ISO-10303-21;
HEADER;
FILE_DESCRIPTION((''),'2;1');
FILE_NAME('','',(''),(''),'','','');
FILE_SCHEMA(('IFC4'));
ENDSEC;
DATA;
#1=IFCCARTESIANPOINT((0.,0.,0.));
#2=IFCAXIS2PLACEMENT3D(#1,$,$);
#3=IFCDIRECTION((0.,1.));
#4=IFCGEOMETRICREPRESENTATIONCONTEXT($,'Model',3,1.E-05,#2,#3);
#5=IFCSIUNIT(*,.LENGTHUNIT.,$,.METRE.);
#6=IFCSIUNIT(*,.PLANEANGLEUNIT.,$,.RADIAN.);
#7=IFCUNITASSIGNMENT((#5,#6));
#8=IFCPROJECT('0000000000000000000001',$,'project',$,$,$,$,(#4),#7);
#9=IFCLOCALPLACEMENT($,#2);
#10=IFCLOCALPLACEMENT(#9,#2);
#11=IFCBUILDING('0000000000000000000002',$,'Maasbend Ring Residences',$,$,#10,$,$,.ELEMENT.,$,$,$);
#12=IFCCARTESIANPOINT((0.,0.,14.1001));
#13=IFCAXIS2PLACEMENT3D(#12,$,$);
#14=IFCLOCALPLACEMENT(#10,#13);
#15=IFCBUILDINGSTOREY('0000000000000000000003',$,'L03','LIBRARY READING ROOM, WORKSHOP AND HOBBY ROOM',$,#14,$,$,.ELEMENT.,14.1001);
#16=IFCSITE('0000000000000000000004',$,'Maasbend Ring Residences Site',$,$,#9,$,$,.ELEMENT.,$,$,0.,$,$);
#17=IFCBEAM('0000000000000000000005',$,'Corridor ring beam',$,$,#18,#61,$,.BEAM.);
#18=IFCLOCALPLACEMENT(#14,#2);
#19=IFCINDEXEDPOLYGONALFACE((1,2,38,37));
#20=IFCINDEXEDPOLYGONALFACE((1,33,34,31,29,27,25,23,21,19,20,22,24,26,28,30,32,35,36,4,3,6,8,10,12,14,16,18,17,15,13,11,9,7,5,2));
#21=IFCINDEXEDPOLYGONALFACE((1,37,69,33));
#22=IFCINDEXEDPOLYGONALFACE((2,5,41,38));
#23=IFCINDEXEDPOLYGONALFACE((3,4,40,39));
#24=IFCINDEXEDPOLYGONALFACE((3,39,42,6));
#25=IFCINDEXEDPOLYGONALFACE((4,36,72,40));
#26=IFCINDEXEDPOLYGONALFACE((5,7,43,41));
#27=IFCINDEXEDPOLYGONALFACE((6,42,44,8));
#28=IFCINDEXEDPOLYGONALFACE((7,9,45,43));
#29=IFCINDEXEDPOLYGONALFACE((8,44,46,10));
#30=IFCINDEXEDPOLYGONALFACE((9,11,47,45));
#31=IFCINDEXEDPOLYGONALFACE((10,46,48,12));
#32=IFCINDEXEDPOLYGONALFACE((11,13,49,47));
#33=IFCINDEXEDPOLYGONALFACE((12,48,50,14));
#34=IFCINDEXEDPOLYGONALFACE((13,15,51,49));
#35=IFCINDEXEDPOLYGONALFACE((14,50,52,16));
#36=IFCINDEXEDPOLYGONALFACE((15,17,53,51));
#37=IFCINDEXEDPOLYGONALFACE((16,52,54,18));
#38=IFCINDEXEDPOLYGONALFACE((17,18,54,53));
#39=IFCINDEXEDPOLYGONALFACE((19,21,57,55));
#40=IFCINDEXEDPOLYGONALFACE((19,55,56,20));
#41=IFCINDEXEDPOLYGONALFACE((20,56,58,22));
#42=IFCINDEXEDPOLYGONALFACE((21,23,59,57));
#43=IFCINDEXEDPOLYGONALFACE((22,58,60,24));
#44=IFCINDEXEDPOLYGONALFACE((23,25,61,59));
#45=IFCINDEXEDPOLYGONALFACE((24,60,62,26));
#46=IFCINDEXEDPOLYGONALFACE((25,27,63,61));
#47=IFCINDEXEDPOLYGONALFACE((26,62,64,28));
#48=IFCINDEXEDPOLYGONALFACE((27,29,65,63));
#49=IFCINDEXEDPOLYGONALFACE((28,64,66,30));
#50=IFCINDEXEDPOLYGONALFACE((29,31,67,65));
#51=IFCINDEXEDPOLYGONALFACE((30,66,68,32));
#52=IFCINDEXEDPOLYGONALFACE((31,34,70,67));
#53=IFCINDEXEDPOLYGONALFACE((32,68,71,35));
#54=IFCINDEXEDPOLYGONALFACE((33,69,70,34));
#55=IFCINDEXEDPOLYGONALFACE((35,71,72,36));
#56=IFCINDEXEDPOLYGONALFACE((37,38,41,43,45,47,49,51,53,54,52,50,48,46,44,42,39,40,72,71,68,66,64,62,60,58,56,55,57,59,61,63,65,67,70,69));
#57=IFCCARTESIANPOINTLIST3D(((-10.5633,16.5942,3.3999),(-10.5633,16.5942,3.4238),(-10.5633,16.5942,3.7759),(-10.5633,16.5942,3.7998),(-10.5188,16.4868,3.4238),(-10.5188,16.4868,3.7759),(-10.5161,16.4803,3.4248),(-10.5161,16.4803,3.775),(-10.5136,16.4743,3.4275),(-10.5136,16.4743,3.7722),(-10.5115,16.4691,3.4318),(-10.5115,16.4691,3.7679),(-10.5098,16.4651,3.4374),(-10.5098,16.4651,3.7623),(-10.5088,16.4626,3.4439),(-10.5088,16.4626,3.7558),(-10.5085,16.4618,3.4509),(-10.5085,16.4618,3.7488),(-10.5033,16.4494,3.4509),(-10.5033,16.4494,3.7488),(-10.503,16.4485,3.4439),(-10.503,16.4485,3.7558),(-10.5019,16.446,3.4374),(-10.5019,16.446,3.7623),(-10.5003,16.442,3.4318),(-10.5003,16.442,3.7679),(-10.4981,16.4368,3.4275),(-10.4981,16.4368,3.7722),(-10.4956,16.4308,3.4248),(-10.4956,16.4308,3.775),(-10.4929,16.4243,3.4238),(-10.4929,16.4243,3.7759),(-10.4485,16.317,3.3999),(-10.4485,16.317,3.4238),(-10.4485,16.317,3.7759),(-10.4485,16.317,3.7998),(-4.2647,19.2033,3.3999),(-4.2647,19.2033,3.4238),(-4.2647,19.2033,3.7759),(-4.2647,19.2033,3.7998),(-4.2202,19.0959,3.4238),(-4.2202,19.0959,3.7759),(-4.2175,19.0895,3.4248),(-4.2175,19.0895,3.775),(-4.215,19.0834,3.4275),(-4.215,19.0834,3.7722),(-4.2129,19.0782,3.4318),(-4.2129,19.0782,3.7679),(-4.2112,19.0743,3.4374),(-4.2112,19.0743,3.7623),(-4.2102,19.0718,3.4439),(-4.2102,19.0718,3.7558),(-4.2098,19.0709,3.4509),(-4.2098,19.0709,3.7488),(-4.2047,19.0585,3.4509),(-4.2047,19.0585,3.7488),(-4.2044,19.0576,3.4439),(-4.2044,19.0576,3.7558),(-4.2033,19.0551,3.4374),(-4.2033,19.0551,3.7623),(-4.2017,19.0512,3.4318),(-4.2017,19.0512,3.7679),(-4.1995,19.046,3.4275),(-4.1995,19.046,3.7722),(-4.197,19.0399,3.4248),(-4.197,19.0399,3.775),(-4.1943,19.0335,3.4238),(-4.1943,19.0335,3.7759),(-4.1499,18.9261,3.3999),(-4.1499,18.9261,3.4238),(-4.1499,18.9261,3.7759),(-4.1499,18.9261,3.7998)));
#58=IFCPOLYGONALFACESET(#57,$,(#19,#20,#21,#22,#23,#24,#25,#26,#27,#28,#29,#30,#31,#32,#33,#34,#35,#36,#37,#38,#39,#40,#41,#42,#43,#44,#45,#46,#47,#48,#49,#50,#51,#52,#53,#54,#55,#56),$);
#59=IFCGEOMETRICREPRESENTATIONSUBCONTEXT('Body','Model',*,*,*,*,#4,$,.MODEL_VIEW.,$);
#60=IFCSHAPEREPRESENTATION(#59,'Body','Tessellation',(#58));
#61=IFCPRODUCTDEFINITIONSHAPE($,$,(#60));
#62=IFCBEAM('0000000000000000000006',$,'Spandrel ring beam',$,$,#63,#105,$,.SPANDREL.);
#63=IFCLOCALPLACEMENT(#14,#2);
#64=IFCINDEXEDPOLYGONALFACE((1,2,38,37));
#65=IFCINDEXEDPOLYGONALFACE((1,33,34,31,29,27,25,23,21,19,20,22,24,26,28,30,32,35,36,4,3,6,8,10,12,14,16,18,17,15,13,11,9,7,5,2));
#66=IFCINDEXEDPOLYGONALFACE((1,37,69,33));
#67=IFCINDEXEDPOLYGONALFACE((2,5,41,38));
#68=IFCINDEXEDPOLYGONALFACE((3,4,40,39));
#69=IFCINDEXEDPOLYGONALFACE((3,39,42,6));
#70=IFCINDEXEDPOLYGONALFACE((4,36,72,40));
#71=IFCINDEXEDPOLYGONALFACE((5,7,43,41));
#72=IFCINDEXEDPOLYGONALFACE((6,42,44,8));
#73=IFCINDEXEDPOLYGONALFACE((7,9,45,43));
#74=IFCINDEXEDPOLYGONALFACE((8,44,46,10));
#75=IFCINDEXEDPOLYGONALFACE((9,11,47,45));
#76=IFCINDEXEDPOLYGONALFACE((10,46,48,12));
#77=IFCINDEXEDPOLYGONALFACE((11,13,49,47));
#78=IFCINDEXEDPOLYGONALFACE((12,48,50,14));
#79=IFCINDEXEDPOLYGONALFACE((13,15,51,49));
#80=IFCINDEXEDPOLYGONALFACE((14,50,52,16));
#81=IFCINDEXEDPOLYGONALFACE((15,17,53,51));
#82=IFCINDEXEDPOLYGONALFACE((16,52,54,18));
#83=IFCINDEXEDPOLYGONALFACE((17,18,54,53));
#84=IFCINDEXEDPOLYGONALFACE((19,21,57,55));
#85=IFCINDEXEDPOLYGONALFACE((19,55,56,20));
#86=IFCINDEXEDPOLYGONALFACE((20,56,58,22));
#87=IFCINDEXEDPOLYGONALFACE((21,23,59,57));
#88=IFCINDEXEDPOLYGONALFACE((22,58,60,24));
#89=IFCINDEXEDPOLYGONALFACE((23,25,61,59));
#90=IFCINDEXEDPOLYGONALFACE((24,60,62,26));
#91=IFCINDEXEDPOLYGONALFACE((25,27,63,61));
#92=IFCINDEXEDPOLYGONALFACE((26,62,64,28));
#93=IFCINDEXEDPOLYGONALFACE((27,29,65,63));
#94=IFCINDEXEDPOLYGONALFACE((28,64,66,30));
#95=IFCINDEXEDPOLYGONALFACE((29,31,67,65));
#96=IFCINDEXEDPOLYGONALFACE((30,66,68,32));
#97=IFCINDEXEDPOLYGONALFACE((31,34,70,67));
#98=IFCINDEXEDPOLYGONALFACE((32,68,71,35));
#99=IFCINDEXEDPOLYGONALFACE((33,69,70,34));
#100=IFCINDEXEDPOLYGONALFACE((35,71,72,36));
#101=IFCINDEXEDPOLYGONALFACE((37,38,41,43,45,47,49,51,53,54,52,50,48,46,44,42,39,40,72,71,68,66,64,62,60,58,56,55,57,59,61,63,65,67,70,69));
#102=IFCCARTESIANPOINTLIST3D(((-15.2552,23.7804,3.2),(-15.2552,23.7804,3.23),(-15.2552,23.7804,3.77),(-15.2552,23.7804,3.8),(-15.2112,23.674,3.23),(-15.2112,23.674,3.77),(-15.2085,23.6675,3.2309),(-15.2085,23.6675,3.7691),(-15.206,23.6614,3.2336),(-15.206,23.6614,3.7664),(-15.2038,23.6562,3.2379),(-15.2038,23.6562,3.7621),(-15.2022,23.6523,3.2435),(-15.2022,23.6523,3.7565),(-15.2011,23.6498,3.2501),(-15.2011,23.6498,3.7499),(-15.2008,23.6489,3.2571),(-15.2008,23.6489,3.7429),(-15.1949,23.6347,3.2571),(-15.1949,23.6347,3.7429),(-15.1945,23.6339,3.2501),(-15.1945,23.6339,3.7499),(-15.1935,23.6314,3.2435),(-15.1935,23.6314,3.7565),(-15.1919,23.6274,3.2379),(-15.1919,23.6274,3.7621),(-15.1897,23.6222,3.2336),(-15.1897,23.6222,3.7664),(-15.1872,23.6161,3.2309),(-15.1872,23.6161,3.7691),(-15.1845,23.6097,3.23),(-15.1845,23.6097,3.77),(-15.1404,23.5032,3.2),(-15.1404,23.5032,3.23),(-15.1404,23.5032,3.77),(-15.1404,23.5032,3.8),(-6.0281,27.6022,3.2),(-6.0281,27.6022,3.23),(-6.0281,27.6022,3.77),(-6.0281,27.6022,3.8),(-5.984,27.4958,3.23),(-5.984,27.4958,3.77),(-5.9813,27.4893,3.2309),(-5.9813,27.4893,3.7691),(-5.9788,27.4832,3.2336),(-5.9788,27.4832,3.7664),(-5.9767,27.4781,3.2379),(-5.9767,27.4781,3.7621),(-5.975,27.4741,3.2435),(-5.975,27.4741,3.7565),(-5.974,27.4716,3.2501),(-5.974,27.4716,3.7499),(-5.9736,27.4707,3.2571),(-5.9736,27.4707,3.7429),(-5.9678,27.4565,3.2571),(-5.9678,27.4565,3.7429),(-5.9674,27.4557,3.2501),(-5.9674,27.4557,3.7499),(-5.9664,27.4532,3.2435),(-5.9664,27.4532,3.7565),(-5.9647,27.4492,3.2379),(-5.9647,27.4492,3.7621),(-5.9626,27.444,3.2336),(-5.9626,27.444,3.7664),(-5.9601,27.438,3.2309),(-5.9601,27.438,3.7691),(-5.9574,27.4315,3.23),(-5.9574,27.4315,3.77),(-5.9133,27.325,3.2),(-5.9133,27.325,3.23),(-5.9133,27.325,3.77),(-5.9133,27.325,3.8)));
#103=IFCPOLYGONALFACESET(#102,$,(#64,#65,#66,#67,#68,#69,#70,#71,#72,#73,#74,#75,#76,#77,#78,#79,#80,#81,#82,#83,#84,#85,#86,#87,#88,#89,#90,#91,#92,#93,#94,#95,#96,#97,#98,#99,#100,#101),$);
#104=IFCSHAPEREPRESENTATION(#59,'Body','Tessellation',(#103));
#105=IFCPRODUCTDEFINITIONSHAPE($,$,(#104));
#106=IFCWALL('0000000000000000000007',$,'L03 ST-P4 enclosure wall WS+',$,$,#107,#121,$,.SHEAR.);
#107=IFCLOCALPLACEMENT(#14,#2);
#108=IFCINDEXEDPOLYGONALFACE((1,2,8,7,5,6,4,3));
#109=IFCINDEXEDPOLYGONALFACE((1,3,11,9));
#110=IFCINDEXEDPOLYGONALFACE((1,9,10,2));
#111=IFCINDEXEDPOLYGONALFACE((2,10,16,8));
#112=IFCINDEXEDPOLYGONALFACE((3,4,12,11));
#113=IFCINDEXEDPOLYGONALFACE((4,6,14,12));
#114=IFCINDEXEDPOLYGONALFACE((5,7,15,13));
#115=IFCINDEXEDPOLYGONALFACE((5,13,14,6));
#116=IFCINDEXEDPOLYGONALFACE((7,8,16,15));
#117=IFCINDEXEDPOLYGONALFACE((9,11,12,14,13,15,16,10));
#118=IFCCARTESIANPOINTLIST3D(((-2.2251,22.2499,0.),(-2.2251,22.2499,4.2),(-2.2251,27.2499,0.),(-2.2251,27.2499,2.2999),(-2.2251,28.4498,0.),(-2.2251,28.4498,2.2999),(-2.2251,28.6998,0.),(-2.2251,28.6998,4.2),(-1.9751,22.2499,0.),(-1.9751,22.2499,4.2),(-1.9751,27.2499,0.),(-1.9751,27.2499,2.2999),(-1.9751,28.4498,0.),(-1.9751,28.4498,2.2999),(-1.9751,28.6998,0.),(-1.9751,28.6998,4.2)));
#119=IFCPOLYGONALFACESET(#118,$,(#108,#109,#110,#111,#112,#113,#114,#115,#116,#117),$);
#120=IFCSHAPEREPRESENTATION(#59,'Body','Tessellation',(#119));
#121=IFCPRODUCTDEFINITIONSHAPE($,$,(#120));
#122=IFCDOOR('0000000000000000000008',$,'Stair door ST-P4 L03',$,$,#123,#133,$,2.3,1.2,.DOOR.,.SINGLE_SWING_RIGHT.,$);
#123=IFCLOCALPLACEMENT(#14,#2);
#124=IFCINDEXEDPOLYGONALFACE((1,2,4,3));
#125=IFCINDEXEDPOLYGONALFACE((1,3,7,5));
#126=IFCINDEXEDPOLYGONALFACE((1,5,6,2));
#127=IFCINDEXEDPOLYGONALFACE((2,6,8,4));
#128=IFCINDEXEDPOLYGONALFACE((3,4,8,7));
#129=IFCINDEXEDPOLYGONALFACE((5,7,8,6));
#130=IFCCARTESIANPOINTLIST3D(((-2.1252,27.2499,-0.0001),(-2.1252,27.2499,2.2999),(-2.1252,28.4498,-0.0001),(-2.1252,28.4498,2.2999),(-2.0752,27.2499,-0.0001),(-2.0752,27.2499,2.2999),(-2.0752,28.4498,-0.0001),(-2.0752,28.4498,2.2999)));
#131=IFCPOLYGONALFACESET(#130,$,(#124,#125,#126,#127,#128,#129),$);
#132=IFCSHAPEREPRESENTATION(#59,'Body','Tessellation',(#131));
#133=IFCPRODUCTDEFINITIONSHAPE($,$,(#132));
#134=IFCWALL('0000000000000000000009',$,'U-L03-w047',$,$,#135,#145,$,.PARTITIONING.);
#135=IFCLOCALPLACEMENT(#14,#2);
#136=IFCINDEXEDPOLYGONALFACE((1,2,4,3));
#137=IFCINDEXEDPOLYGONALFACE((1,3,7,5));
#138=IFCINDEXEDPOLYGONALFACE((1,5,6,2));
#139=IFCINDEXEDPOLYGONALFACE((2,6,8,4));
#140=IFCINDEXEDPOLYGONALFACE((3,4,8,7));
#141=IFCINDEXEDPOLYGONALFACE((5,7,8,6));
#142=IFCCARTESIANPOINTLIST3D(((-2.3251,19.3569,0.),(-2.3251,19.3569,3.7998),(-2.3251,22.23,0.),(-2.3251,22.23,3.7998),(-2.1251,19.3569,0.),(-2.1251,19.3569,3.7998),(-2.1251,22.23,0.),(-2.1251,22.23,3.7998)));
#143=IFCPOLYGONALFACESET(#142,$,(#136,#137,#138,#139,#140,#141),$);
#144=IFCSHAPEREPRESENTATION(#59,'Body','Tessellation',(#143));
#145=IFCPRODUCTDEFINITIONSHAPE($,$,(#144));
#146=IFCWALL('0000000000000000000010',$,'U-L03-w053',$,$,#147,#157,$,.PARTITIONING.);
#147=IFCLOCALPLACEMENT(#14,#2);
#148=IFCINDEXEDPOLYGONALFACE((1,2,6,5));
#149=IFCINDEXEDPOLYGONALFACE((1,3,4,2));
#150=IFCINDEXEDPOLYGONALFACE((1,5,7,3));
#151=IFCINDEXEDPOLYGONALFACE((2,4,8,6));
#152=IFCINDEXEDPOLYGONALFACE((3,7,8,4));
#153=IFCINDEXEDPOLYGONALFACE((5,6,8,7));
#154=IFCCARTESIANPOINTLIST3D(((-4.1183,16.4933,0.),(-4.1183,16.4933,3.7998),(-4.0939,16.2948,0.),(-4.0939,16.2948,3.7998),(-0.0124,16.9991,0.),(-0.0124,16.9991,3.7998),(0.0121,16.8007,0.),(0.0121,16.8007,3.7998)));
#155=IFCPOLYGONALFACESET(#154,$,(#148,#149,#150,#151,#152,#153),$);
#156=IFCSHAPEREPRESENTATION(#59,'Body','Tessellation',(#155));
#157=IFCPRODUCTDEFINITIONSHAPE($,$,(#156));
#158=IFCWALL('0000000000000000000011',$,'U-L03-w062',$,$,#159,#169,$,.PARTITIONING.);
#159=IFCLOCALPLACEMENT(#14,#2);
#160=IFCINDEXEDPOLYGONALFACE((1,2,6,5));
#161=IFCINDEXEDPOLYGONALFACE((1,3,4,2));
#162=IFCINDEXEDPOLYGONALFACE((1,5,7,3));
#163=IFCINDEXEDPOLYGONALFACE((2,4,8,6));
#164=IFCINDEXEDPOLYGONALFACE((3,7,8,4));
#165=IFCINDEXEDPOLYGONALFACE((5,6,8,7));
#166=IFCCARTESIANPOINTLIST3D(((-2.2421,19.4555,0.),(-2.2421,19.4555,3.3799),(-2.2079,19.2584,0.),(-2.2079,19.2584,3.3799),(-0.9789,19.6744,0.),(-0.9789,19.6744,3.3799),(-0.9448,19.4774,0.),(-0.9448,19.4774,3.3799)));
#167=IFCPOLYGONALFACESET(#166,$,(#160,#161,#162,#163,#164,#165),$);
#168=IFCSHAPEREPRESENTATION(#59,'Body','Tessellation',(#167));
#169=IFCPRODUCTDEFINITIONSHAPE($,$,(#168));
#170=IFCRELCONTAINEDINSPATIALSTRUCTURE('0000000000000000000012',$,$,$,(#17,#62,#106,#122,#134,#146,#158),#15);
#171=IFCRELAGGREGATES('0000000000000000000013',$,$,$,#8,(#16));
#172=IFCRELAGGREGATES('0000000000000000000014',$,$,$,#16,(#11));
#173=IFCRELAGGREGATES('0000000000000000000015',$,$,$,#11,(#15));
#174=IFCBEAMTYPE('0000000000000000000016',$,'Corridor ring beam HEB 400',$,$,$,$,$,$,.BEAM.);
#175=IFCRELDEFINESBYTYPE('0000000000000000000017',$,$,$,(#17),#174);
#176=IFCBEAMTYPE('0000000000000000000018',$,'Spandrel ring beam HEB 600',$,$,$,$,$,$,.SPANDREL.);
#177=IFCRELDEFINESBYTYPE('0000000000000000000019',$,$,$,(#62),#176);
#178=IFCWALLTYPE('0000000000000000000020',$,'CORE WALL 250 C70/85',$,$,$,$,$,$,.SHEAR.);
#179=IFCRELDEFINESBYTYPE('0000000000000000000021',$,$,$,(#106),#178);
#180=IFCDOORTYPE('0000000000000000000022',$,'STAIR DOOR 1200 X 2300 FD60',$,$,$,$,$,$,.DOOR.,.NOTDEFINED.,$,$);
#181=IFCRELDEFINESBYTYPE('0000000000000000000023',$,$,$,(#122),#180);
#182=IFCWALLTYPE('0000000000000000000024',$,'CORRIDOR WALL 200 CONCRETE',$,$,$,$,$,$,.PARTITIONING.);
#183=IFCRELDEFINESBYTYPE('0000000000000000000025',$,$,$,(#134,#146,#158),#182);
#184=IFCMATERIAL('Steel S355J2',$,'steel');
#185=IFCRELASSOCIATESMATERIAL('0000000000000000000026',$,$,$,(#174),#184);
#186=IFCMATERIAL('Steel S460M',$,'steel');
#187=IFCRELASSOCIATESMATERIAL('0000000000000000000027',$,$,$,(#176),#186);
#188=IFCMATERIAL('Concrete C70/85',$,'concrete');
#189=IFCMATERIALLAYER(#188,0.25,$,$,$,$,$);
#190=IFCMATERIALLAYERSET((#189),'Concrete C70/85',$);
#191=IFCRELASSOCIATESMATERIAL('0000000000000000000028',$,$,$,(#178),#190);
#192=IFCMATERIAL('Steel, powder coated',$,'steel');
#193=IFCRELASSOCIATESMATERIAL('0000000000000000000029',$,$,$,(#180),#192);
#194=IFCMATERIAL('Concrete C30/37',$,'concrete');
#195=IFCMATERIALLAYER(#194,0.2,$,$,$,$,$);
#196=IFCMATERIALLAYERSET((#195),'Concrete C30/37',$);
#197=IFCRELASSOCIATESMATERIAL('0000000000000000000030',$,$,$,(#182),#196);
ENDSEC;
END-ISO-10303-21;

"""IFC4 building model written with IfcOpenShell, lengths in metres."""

from ifc_helpers import new_model, si_unit, direction, frame, frame_2d, origin, origin_2d, place, context, subcontext, project, spatial, rectangle, i_section, extrude, material, layer, layer_set, material_profile, profile_set, type_object, element, fill, save


model = new_model("IFC4")

# Units and contexts
model_context = context("Model", 3, precision=1e-05, world=origin(), true_north=direction((0.0, 1.0)))
body_context = subcontext(model_context, "Body", "Model", "MODEL_VIEW")
ifc_project = project(units=[si_unit("LENGTHUNIT", "METRE"), si_unit("PLANEANGLEUNIT", "RADIAN")], contexts=[model_context])

# Site, building, storey
site_placement = place(None, origin())
site = spatial("IfcSite", under=ifc_project, at=site_placement, Name="Maasbend Ring Residences Site", CompositionType="ELEMENT", RefElevation=0.0)
building_placement = place(site_placement, origin())
building = spatial("IfcBuilding", under=site, at=building_placement, Name="Maasbend Ring Residences", CompositionType="ELEMENT")
storey_placement = place(building_placement, frame((0.0, 0.0, 14.1001)))
storey = spatial("IfcBuildingStorey", under=building, at=storey_placement, Name="L03", Description="LIBRARY READING ROOM, WORKSHOP AND HOBBY ROOM", CompositionType="ELEMENT", Elevation=14.1001)

# Beams
ifc_material_1 = material(Name="Steel S355J2", Category="steel")
ifc_material_profile_1 = material_profile(ifc_material_1, i_section(OverallWidth=0.3, OverallDepth=0.3999, WebThickness=0.0134, FlangeThickness=0.0239, FilletRadius=0.0271, at=origin_2d()), Name="HEB 400")
ifc_profile_set_1 = profile_set([ifc_material_profile_1], Name="Steel S355J2")
beam_type_1 = type_object("IfcBeamType", Name="Corridor ring beam HEB 400", PredefinedType="BEAM", material=ifc_profile_set_1)
beam_1_placement = place(storey_placement, frame((-4.2073, 19.0647, 3.5999), z_axis=(-0.923871, -0.382705, 0.0), x_axis=(0.382705, -0.923871, 0.0)))
element("IfcBeam", 1, at=beam_1_placement, inside=storey, type_object=beam_type_1, Name="Corridor ring beam", PredefinedType="BEAM", context=body_context, shape_type="SweptSolid", body=[
    extrude(i_section(OverallWidth=0.3, OverallDepth=0.3999, WebThickness=0.0134, FlangeThickness=0.0239, FilletRadius=0.0271, at=origin_2d()), origin(), (0.0, 0.0, 1.0), 6.8176),
])
ifc_material_2 = material(Name="Steel S460M", Category="steel")
ifc_material_profile_2 = material_profile(ifc_material_2, i_section(OverallWidth=0.3, OverallDepth=0.6001, WebThickness=0.0154, FlangeThickness=0.03, FilletRadius=0.0271, at=origin_2d()), Name="HEB 600")
ifc_profile_set_2 = profile_set([ifc_material_profile_2], Name="Steel S460M")
beam_type_2 = type_object("IfcBeamType", Name="Spandrel ring beam HEB 600", PredefinedType="SPANDREL", material=ifc_profile_set_2)
beam_2_placement = place(storey_placement, frame((-5.9707, 27.4636, 3.5), z_axis=(-0.923886, -0.382667, 0.0), x_axis=(0.382667, -0.923886, 0.0)))
element("IfcBeam", 2, at=beam_2_placement, inside=storey, type_object=beam_type_2, Name="Spandrel ring beam", PredefinedType="SPANDREL", context=body_context, shape_type="SweptSolid", body=[
    extrude(i_section(OverallWidth=0.3, OverallDepth=0.6001, WebThickness=0.0154, FlangeThickness=0.03, FilletRadius=0.0271, at=origin_2d()), origin(), (0.0, 0.0, 1.0), 9.9873),
])

# Wall, opening, door
ifc_material_3 = material(Name="Concrete C70/85", Category="concrete")
ifc_layer_1 = layer(ifc_material_3, 0.25)
ifc_layer_set_1 = layer_set([ifc_layer_1], Name="Concrete C70/85")
wall_type_1 = type_object("IfcWallType", Name="CORE WALL 250 C70/85", PredefinedType="SHEAR", material=ifc_layer_set_1)
wall_1_placement = place(storey_placement, frame((-2.1001, 28.7, 0.0), z_axis=(0.0, 0.0, 1.0), x_axis=(0.0, -1.0, 0.0)))
wall_1 = element("IfcWall", 3, at=wall_1_placement, inside=storey, type_object=wall_type_1, Name="L03 ST-P4 enclosure wall WS+", PredefinedType="SHEAR", context=body_context, shape_type="SweptSolid", body=[
    extrude(rectangle(XDim=6.45, YDim=0.25, at=frame_2d((3.2251, 0.0))), origin(), (0.0, 0.0, 1.0), 4.2),
])
opening_1_placement = place(wall_1_placement, frame((0.25, 0.0, 0.0)))
opening_1 = element("IfcOpeningElement", 4, at=opening_1_placement, cuts=wall_1, PredefinedType="OPENING", context=body_context, shape_type="SweptSolid", body=[
    extrude(rectangle(XDim=1.2, YDim=2.3, at=frame_2d((0.6001, 1.1499))), frame((0.0, 0.135, 0.0), z_axis=(0.0, -1.0, 0.0), x_axis=(1.0, 0.0, 0.0)), (0.0, 0.0, 1.0), 0.27),
])
ifc_material_4 = material(Name="Steel, powder coated", Category="steel")
door_type_1 = type_object("IfcDoorType", Name="STAIR DOOR 1200 X 2300 FD60", OperationType="NOTDEFINED", PredefinedType="DOOR", material=ifc_material_4)
door_1_placement = place(opening_1_placement, origin())
door_1 = element("IfcDoor", 5, at=door_1_placement, inside=storey, type_object=door_type_1, Name="Stair door ST-P4 L03", OperationType="SINGLE_SWING_RIGHT", OverallHeight=2.3, OverallWidth=1.2, PredefinedType="DOOR", context=body_context, shape_type="SweptSolid", body=[
    extrude(rectangle(XDim=1.2, YDim=2.3, at=frame_2d((0.6001, 1.1499))), frame((0.0, 0.0249, 0.0), z_axis=(0.0, -1.0, 0.0), x_axis=(1.0, 0.0, 0.0)), (0.0, 0.0, 1.0), 0.05),
])
fill(opening_1, door_1)

# Walls
ifc_material_5 = material(Name="Concrete C30/37", Category="concrete")
ifc_layer_2 = layer(ifc_material_5, 0.2)
ifc_layer_set_2 = layer_set([ifc_layer_2], Name="Concrete C30/37")
wall_type_2 = type_object("IfcWallType", Name="CORRIDOR WALL 200 CONCRETE", PredefinedType="PARTITIONING", material=ifc_layer_set_2)
wall_2_placement = place(storey_placement, frame((-2.2251, 19.3569, 0.0), z_axis=(0.0, 0.0, 1.0), x_axis=(0.0, 1.0, 0.0)))
element("IfcWall", 6, at=wall_2_placement, inside=storey, type_object=wall_type_2, Name="U-L03-w047", PredefinedType="PARTITIONING", context=body_context, shape_type="SweptSolid", body=[
    extrude(rectangle(XDim=2.873, YDim=0.2, at=frame_2d((1.4365, 0.0))), origin(), (0.0, 0.0, 1.0), 3.7998),
])
wall_3_placement = place(storey_placement, frame((-4.106, 16.394, 0.0), z_axis=(0.0, 0.0, 1.0), x_axis=(0.992496, 0.122277, 0.0)))
element("IfcWall", 7, at=wall_3_placement, inside=storey, type_object=wall_type_2, Name="U-L03-w053", PredefinedType="PARTITIONING", context=body_context, shape_type="SweptSolid", body=[
    extrude(rectangle(XDim=4.137, YDim=0.2, at=frame_2d((2.0684, 0.0))), origin(), (0.0, 0.0, 1.0), 3.7998),
])
wall_4_placement = place(storey_placement, frame((-2.2251, 19.3569, 0.0), z_axis=(0.0, 0.0, 1.0), x_axis=(0.985302, 0.170819, 0.0)))
element("IfcWall", 8, at=wall_4_placement, inside=storey, type_object=wall_type_2, Name="U-L03-w062", PredefinedType="PARTITIONING", context=body_context, shape_type="SweptSolid", body=[
    extrude(rectangle(XDim=1.282, YDim=0.2, at=frame_2d((0.6411, 0.0))), origin(), (0.0, 0.0, 1.0), 3.3799),
])

save(model, "model.ifc")
